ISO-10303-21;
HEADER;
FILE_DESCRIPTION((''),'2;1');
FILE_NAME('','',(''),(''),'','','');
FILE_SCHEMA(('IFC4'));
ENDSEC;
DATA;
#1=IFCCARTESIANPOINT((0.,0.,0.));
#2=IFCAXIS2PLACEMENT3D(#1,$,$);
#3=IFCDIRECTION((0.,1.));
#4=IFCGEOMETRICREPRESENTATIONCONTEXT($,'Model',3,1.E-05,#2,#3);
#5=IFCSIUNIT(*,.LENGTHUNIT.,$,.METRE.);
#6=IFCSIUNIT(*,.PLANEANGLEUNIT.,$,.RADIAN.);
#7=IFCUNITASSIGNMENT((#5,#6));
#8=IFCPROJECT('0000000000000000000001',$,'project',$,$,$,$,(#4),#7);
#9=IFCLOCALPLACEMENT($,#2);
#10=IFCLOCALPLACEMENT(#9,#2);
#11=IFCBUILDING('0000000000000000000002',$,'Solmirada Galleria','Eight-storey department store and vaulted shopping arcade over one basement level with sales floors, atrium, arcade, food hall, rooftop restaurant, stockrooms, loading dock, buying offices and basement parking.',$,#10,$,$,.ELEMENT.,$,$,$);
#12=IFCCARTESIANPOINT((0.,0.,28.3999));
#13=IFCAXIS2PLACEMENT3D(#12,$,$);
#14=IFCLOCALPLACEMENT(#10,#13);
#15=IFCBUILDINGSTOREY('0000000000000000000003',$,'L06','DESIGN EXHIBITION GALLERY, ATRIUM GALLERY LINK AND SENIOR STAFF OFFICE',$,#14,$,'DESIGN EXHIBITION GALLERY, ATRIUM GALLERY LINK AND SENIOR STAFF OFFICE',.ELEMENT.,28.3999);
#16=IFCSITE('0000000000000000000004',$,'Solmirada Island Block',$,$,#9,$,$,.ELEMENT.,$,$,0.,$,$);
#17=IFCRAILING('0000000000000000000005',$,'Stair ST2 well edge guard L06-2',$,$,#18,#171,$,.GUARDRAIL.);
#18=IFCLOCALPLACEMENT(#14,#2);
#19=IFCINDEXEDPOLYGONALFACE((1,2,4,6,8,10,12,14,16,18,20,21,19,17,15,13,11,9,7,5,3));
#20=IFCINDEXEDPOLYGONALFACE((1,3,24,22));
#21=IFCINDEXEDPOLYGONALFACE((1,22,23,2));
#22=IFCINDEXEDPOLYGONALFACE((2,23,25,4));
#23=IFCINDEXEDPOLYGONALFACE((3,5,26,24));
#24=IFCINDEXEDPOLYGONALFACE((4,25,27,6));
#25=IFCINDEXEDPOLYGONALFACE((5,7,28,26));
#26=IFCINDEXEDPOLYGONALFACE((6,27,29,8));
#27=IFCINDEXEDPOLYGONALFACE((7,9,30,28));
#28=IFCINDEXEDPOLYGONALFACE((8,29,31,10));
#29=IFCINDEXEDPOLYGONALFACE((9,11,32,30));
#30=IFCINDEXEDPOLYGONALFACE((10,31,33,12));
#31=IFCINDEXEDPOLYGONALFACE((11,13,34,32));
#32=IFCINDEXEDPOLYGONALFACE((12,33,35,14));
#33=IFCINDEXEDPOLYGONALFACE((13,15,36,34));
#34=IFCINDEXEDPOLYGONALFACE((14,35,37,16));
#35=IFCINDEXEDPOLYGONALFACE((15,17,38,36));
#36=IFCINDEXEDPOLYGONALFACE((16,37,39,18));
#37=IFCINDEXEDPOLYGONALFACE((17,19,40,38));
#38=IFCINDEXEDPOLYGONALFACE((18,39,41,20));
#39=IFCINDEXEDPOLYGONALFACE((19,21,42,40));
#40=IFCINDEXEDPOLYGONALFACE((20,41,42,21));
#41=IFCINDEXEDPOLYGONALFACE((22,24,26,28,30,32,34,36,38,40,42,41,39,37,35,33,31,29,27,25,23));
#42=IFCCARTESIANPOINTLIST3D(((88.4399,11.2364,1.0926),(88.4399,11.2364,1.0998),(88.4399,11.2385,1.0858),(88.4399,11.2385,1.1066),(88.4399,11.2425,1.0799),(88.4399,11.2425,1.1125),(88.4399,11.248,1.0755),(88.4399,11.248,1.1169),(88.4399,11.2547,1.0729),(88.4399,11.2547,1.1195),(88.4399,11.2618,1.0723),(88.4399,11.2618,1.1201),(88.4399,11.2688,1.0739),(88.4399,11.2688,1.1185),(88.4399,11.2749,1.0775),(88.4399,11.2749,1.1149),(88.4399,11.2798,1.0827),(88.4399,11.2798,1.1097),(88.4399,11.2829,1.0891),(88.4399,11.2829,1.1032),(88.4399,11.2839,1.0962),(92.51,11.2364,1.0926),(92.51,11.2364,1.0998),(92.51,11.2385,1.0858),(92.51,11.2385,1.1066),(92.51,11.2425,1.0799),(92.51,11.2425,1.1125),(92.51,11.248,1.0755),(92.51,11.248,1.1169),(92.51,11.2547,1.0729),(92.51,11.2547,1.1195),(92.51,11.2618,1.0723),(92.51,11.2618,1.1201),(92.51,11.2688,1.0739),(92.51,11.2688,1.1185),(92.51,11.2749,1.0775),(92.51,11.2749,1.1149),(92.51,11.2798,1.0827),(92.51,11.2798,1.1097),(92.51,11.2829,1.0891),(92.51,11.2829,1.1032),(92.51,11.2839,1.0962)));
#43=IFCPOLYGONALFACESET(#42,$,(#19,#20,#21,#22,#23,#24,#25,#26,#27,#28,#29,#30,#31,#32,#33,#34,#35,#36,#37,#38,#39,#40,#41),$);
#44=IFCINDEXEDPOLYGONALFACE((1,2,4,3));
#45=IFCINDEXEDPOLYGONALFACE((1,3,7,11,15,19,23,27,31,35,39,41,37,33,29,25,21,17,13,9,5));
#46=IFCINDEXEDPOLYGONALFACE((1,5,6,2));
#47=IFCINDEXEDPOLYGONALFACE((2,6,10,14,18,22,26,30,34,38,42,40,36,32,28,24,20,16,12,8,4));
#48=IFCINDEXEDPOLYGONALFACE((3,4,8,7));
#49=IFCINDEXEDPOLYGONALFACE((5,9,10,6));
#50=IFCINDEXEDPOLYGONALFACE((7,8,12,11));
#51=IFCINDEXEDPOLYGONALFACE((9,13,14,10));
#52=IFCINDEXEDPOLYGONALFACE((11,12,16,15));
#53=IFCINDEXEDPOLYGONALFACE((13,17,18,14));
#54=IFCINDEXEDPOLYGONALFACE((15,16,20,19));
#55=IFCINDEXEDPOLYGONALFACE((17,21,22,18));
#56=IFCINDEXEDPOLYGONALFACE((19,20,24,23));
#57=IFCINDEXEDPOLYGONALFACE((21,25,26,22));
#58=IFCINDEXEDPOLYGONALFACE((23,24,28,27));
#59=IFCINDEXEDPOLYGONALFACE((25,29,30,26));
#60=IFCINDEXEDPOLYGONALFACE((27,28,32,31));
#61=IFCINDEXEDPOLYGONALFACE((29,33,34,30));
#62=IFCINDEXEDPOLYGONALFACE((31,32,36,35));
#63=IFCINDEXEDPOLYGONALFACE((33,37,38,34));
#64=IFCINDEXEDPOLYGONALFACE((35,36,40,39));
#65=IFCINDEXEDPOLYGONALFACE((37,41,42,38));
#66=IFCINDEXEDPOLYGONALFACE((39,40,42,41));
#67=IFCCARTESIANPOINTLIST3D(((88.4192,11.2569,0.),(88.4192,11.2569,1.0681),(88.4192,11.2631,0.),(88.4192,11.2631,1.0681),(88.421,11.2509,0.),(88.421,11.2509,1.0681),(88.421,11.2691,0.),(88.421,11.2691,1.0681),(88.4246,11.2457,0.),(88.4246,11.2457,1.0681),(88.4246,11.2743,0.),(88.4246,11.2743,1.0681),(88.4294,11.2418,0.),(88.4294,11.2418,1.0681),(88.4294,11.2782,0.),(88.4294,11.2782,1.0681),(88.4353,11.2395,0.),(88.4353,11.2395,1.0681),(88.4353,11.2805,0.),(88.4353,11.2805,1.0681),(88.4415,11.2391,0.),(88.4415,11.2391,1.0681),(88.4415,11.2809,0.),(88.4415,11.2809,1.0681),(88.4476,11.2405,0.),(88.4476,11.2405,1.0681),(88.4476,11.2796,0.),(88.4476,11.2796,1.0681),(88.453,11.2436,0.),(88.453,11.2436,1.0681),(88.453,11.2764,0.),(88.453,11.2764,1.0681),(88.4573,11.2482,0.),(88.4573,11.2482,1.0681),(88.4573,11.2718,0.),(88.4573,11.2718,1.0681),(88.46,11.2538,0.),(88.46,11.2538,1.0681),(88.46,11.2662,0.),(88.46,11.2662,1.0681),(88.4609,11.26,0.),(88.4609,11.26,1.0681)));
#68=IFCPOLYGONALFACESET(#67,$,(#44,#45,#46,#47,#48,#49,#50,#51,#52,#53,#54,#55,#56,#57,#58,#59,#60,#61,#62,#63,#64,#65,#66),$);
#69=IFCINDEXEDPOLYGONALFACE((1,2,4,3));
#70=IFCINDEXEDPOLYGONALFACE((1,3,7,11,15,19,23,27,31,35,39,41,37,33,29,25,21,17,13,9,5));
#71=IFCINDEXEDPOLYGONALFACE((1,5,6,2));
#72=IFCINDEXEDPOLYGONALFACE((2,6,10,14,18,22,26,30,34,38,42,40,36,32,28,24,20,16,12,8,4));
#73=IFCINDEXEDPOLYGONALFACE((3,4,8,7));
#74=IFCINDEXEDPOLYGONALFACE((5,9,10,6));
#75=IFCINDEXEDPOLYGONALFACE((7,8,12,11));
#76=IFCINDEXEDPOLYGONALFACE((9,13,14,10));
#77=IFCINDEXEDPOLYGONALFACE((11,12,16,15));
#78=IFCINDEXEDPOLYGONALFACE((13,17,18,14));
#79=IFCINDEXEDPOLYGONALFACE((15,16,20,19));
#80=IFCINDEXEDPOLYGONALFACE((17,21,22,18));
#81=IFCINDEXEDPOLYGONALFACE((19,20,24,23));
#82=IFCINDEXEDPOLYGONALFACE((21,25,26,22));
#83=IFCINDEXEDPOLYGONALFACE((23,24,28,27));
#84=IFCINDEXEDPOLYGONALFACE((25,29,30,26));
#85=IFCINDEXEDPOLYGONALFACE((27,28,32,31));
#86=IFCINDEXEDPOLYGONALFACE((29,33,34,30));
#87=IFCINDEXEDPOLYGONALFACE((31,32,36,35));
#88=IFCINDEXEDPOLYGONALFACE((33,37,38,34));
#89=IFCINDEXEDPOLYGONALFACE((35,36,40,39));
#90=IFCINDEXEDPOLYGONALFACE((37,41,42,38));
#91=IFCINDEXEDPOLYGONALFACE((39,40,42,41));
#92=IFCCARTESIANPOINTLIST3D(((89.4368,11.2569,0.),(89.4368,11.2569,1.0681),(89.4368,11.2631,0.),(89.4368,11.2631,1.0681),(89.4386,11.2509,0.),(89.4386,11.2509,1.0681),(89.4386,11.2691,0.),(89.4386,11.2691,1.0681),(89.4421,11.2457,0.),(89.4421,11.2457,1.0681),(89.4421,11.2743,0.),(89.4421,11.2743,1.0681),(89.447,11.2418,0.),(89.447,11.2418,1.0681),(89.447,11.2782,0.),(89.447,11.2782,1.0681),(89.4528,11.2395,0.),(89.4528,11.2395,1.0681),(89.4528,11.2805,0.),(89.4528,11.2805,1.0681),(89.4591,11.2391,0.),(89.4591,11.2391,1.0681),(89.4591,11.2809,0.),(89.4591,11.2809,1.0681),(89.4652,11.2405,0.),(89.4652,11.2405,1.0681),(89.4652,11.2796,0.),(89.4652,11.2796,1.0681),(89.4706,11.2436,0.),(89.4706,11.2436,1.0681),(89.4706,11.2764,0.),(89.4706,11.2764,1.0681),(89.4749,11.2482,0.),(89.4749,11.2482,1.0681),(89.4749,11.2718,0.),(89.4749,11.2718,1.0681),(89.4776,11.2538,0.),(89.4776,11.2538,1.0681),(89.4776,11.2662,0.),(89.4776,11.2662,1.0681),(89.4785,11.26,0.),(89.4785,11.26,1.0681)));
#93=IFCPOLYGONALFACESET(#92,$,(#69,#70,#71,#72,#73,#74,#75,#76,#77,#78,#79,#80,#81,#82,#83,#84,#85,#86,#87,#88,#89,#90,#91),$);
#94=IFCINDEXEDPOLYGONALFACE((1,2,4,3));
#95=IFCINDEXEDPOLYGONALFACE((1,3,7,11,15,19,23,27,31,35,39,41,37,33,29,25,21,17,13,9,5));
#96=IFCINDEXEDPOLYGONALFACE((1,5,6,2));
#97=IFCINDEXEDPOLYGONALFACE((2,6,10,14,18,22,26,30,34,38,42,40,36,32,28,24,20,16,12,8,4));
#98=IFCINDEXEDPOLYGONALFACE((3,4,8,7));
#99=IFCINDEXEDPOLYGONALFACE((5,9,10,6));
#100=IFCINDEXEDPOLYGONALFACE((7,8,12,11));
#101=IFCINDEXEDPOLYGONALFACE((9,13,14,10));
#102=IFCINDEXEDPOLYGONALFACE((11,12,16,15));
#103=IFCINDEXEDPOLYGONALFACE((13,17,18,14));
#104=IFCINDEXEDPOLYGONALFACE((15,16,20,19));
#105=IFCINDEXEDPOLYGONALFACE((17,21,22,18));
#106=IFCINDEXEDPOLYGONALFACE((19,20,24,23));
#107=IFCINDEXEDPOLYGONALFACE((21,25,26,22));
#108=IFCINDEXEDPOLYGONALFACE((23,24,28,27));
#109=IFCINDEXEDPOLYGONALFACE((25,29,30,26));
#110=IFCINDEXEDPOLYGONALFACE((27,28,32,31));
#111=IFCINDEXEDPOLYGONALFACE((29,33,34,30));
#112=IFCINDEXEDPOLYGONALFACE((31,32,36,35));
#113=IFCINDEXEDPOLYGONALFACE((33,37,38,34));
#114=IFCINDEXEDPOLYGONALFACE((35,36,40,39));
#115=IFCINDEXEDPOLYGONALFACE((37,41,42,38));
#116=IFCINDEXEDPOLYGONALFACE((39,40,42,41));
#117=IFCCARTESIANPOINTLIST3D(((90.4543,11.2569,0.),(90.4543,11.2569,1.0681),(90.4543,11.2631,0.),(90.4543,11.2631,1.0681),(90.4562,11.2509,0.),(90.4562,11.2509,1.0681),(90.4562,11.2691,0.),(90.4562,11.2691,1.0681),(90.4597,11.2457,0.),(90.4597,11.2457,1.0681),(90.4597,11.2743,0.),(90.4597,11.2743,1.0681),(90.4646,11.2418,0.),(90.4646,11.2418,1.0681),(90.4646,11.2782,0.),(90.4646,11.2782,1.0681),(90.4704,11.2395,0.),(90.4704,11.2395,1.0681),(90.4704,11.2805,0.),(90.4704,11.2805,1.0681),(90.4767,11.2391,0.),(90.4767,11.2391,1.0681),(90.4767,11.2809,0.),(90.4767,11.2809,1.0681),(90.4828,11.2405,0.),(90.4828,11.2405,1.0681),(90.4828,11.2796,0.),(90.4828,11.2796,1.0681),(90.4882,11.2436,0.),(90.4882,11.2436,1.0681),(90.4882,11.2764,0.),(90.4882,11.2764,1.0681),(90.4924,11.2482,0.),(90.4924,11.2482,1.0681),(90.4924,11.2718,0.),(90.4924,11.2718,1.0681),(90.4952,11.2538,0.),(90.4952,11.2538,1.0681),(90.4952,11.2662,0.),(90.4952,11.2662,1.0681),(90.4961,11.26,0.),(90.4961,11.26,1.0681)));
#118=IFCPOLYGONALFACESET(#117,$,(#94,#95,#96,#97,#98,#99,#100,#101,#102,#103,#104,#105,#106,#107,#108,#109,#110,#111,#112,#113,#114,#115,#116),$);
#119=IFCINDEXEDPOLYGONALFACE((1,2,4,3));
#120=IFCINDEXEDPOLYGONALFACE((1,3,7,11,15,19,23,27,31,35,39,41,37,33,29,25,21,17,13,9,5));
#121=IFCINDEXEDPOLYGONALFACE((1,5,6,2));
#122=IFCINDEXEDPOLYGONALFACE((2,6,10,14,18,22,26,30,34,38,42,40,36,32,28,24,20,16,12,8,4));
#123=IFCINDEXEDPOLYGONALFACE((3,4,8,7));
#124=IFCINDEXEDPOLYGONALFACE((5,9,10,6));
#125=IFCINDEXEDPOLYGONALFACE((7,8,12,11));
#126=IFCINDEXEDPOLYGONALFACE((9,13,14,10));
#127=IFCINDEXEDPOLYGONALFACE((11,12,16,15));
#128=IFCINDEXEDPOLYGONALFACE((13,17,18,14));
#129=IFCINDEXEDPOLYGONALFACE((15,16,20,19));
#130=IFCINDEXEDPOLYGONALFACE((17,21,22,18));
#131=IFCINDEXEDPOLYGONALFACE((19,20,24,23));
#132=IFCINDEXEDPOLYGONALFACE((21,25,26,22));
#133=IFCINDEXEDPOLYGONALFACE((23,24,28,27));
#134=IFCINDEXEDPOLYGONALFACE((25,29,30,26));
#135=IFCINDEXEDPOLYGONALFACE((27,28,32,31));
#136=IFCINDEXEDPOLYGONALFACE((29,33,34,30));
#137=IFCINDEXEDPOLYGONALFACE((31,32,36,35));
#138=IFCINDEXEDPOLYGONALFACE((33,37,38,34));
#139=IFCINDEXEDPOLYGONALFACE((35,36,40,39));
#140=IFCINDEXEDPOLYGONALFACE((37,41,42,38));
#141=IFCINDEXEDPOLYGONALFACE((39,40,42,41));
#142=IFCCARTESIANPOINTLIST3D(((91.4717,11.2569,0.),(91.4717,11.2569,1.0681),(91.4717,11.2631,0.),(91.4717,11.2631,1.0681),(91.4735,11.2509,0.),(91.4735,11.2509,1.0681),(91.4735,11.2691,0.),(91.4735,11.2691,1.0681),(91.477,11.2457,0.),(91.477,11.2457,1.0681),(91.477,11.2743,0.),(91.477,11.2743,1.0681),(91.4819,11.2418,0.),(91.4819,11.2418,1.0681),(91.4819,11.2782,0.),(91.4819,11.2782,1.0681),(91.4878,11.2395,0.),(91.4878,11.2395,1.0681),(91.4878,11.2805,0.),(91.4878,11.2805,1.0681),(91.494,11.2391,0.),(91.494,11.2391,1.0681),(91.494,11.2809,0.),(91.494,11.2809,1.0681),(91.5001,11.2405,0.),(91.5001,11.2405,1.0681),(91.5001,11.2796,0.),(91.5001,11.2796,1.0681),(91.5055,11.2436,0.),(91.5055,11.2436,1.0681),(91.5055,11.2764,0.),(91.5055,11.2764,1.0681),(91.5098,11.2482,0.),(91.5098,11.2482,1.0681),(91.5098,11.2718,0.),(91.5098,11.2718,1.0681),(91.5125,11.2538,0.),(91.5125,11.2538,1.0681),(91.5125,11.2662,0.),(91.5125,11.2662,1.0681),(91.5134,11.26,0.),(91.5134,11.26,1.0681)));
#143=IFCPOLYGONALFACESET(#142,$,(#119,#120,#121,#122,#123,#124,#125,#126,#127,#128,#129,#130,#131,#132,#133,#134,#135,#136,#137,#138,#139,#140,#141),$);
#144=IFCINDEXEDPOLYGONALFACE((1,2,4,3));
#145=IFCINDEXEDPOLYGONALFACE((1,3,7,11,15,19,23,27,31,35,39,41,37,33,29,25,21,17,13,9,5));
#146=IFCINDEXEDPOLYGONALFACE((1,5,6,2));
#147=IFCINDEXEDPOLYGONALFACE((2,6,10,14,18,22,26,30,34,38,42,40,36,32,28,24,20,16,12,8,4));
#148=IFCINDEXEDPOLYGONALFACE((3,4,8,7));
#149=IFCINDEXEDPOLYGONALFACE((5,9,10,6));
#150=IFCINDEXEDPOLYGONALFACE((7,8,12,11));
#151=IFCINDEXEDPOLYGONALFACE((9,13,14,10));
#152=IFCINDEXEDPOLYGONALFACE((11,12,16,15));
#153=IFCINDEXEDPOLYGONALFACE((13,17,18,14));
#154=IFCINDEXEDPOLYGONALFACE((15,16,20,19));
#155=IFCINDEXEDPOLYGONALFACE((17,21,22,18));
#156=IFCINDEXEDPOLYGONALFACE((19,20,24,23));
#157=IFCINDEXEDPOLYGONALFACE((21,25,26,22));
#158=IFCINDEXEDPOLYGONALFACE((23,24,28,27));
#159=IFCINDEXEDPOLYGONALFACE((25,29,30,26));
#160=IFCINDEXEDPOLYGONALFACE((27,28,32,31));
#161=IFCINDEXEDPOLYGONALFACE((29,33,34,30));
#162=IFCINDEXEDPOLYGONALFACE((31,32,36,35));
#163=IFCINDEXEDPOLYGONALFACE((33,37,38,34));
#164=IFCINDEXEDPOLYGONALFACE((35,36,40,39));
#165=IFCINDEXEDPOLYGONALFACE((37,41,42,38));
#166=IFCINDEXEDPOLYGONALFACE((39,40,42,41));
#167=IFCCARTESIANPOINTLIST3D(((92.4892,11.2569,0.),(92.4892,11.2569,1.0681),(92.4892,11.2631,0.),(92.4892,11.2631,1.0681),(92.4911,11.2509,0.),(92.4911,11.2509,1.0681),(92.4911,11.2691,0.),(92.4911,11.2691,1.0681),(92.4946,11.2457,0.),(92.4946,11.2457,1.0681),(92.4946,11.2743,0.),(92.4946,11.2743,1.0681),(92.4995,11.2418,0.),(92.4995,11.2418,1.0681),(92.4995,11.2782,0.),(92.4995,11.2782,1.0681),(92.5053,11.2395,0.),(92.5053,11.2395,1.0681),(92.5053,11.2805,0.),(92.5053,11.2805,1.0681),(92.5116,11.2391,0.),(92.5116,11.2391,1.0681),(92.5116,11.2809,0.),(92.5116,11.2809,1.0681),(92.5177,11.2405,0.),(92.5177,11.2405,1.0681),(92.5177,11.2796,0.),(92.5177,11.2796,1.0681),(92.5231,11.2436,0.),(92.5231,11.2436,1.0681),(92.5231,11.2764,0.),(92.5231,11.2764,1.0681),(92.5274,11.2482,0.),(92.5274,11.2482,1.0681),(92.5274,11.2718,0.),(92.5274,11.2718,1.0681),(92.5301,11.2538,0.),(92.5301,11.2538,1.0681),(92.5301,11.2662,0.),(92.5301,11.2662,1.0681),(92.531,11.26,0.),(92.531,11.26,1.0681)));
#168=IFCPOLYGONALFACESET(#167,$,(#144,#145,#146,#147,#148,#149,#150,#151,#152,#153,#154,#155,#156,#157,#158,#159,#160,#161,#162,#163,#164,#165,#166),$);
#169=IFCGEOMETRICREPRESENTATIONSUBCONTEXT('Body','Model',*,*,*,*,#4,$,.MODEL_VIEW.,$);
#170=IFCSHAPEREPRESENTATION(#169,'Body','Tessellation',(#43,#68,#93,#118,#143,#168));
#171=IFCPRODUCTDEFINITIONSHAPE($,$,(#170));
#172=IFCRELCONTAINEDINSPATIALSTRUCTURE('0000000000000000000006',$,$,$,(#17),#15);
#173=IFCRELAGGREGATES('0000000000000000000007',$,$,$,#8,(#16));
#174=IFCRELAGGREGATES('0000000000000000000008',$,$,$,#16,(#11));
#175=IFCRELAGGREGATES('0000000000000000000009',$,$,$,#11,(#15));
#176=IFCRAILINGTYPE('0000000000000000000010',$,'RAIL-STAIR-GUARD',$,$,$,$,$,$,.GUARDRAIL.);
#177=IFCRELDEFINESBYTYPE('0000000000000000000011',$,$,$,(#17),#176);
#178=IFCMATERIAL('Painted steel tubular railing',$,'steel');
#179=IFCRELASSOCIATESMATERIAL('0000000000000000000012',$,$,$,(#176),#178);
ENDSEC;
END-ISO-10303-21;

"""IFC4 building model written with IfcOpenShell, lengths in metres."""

from ifc_helpers import new_model, si_unit, direction, frame, origin, origin_2d, place, context, subcontext, project, spatial, circle, extrude, material, type_object, element, save


model = new_model("IFC4")

# Units and contexts
model_context = context("Model", 3, precision=1e-05, world=origin(), true_north=direction((0.0, 1.0)))
body_context = subcontext(model_context, "Body", "Model", "MODEL_VIEW")
ifc_project = project(units=[si_unit("LENGTHUNIT", "METRE"), si_unit("PLANEANGLEUNIT", "RADIAN")], contexts=[model_context])

# Site, building, storey
site_placement = place(None, origin())
site = spatial("IfcSite", under=ifc_project, at=site_placement, Name="Solmirada Island Block", CompositionType="ELEMENT", RefElevation=0.0)
building_placement = place(site_placement, origin())
building = spatial("IfcBuilding", under=site, at=building_placement, Name="Solmirada Galleria", Description="Eight-storey department store and vaulted shopping arcade over one basement level with sales floors, atrium, arcade, food hall, rooftop restaurant, stockrooms, loading dock, buying offices and basement parking.", CompositionType="ELEMENT")
storey_placement = place(building_placement, frame((0.0, 0.0, 28.3999)))
storey = spatial("IfcBuildingStorey", under=building, at=storey_placement, Name="L06", Description="DESIGN EXHIBITION GALLERY, ATRIUM GALLERY LINK AND SENIOR STAFF OFFICE", LongName="DESIGN EXHIBITION GALLERY, ATRIUM GALLERY LINK AND SENIOR STAFF OFFICE", CompositionType="ELEMENT", Elevation=28.3999)

# Railing
ifc_material_1 = material(Name="Painted steel tubular railing", Category="steel")
railing_type = type_object("IfcRailingType", Name="RAIL-STAIR-GUARD", PredefinedType="GUARDRAIL", material=ifc_material_1)
railing_1_placement = place(storey_placement, frame((88.4399, 11.26, 0.0)))
element("IfcRailing", 1, at=railing_1_placement, inside=storey, type_object=railing_type, Name="Stair ST2 well edge guard L06-2", PredefinedType="GUARDRAIL", context=body_context, shape_type="SweptSolid", body=[
    extrude(circle(Radius=0.0239, at=origin_2d()), frame((0.0, 0.0, 1.0962), z_axis=(1.0, 0.0, 0.0), x_axis=(0.0, 1.0, 0.0)), (0.0, 0.0, 1.0), 4.0701),
    extrude(circle(Radius=0.021, at=origin_2d()), origin(), (0.0, 0.0, 1.0), 1.0681),
    extrude(circle(Radius=0.021, at=origin_2d()), frame((1.0176, 0.0, 0.0)), (0.0, 0.0, 1.0), 1.0681),
    extrude(circle(Radius=0.021, at=origin_2d()), frame((2.0352, 0.0, 0.0)), (0.0, 0.0, 1.0), 1.0681),
    extrude(circle(Radius=0.021, at=origin_2d()), frame((3.0525, 0.0, 0.0)), (0.0, 0.0, 1.0), 1.0681),
    extrude(circle(Radius=0.021, at=origin_2d()), frame((4.0701, 0.0, 0.0)), (0.0, 0.0, 1.0), 1.0681),
])

save(model, "model.ifc")
